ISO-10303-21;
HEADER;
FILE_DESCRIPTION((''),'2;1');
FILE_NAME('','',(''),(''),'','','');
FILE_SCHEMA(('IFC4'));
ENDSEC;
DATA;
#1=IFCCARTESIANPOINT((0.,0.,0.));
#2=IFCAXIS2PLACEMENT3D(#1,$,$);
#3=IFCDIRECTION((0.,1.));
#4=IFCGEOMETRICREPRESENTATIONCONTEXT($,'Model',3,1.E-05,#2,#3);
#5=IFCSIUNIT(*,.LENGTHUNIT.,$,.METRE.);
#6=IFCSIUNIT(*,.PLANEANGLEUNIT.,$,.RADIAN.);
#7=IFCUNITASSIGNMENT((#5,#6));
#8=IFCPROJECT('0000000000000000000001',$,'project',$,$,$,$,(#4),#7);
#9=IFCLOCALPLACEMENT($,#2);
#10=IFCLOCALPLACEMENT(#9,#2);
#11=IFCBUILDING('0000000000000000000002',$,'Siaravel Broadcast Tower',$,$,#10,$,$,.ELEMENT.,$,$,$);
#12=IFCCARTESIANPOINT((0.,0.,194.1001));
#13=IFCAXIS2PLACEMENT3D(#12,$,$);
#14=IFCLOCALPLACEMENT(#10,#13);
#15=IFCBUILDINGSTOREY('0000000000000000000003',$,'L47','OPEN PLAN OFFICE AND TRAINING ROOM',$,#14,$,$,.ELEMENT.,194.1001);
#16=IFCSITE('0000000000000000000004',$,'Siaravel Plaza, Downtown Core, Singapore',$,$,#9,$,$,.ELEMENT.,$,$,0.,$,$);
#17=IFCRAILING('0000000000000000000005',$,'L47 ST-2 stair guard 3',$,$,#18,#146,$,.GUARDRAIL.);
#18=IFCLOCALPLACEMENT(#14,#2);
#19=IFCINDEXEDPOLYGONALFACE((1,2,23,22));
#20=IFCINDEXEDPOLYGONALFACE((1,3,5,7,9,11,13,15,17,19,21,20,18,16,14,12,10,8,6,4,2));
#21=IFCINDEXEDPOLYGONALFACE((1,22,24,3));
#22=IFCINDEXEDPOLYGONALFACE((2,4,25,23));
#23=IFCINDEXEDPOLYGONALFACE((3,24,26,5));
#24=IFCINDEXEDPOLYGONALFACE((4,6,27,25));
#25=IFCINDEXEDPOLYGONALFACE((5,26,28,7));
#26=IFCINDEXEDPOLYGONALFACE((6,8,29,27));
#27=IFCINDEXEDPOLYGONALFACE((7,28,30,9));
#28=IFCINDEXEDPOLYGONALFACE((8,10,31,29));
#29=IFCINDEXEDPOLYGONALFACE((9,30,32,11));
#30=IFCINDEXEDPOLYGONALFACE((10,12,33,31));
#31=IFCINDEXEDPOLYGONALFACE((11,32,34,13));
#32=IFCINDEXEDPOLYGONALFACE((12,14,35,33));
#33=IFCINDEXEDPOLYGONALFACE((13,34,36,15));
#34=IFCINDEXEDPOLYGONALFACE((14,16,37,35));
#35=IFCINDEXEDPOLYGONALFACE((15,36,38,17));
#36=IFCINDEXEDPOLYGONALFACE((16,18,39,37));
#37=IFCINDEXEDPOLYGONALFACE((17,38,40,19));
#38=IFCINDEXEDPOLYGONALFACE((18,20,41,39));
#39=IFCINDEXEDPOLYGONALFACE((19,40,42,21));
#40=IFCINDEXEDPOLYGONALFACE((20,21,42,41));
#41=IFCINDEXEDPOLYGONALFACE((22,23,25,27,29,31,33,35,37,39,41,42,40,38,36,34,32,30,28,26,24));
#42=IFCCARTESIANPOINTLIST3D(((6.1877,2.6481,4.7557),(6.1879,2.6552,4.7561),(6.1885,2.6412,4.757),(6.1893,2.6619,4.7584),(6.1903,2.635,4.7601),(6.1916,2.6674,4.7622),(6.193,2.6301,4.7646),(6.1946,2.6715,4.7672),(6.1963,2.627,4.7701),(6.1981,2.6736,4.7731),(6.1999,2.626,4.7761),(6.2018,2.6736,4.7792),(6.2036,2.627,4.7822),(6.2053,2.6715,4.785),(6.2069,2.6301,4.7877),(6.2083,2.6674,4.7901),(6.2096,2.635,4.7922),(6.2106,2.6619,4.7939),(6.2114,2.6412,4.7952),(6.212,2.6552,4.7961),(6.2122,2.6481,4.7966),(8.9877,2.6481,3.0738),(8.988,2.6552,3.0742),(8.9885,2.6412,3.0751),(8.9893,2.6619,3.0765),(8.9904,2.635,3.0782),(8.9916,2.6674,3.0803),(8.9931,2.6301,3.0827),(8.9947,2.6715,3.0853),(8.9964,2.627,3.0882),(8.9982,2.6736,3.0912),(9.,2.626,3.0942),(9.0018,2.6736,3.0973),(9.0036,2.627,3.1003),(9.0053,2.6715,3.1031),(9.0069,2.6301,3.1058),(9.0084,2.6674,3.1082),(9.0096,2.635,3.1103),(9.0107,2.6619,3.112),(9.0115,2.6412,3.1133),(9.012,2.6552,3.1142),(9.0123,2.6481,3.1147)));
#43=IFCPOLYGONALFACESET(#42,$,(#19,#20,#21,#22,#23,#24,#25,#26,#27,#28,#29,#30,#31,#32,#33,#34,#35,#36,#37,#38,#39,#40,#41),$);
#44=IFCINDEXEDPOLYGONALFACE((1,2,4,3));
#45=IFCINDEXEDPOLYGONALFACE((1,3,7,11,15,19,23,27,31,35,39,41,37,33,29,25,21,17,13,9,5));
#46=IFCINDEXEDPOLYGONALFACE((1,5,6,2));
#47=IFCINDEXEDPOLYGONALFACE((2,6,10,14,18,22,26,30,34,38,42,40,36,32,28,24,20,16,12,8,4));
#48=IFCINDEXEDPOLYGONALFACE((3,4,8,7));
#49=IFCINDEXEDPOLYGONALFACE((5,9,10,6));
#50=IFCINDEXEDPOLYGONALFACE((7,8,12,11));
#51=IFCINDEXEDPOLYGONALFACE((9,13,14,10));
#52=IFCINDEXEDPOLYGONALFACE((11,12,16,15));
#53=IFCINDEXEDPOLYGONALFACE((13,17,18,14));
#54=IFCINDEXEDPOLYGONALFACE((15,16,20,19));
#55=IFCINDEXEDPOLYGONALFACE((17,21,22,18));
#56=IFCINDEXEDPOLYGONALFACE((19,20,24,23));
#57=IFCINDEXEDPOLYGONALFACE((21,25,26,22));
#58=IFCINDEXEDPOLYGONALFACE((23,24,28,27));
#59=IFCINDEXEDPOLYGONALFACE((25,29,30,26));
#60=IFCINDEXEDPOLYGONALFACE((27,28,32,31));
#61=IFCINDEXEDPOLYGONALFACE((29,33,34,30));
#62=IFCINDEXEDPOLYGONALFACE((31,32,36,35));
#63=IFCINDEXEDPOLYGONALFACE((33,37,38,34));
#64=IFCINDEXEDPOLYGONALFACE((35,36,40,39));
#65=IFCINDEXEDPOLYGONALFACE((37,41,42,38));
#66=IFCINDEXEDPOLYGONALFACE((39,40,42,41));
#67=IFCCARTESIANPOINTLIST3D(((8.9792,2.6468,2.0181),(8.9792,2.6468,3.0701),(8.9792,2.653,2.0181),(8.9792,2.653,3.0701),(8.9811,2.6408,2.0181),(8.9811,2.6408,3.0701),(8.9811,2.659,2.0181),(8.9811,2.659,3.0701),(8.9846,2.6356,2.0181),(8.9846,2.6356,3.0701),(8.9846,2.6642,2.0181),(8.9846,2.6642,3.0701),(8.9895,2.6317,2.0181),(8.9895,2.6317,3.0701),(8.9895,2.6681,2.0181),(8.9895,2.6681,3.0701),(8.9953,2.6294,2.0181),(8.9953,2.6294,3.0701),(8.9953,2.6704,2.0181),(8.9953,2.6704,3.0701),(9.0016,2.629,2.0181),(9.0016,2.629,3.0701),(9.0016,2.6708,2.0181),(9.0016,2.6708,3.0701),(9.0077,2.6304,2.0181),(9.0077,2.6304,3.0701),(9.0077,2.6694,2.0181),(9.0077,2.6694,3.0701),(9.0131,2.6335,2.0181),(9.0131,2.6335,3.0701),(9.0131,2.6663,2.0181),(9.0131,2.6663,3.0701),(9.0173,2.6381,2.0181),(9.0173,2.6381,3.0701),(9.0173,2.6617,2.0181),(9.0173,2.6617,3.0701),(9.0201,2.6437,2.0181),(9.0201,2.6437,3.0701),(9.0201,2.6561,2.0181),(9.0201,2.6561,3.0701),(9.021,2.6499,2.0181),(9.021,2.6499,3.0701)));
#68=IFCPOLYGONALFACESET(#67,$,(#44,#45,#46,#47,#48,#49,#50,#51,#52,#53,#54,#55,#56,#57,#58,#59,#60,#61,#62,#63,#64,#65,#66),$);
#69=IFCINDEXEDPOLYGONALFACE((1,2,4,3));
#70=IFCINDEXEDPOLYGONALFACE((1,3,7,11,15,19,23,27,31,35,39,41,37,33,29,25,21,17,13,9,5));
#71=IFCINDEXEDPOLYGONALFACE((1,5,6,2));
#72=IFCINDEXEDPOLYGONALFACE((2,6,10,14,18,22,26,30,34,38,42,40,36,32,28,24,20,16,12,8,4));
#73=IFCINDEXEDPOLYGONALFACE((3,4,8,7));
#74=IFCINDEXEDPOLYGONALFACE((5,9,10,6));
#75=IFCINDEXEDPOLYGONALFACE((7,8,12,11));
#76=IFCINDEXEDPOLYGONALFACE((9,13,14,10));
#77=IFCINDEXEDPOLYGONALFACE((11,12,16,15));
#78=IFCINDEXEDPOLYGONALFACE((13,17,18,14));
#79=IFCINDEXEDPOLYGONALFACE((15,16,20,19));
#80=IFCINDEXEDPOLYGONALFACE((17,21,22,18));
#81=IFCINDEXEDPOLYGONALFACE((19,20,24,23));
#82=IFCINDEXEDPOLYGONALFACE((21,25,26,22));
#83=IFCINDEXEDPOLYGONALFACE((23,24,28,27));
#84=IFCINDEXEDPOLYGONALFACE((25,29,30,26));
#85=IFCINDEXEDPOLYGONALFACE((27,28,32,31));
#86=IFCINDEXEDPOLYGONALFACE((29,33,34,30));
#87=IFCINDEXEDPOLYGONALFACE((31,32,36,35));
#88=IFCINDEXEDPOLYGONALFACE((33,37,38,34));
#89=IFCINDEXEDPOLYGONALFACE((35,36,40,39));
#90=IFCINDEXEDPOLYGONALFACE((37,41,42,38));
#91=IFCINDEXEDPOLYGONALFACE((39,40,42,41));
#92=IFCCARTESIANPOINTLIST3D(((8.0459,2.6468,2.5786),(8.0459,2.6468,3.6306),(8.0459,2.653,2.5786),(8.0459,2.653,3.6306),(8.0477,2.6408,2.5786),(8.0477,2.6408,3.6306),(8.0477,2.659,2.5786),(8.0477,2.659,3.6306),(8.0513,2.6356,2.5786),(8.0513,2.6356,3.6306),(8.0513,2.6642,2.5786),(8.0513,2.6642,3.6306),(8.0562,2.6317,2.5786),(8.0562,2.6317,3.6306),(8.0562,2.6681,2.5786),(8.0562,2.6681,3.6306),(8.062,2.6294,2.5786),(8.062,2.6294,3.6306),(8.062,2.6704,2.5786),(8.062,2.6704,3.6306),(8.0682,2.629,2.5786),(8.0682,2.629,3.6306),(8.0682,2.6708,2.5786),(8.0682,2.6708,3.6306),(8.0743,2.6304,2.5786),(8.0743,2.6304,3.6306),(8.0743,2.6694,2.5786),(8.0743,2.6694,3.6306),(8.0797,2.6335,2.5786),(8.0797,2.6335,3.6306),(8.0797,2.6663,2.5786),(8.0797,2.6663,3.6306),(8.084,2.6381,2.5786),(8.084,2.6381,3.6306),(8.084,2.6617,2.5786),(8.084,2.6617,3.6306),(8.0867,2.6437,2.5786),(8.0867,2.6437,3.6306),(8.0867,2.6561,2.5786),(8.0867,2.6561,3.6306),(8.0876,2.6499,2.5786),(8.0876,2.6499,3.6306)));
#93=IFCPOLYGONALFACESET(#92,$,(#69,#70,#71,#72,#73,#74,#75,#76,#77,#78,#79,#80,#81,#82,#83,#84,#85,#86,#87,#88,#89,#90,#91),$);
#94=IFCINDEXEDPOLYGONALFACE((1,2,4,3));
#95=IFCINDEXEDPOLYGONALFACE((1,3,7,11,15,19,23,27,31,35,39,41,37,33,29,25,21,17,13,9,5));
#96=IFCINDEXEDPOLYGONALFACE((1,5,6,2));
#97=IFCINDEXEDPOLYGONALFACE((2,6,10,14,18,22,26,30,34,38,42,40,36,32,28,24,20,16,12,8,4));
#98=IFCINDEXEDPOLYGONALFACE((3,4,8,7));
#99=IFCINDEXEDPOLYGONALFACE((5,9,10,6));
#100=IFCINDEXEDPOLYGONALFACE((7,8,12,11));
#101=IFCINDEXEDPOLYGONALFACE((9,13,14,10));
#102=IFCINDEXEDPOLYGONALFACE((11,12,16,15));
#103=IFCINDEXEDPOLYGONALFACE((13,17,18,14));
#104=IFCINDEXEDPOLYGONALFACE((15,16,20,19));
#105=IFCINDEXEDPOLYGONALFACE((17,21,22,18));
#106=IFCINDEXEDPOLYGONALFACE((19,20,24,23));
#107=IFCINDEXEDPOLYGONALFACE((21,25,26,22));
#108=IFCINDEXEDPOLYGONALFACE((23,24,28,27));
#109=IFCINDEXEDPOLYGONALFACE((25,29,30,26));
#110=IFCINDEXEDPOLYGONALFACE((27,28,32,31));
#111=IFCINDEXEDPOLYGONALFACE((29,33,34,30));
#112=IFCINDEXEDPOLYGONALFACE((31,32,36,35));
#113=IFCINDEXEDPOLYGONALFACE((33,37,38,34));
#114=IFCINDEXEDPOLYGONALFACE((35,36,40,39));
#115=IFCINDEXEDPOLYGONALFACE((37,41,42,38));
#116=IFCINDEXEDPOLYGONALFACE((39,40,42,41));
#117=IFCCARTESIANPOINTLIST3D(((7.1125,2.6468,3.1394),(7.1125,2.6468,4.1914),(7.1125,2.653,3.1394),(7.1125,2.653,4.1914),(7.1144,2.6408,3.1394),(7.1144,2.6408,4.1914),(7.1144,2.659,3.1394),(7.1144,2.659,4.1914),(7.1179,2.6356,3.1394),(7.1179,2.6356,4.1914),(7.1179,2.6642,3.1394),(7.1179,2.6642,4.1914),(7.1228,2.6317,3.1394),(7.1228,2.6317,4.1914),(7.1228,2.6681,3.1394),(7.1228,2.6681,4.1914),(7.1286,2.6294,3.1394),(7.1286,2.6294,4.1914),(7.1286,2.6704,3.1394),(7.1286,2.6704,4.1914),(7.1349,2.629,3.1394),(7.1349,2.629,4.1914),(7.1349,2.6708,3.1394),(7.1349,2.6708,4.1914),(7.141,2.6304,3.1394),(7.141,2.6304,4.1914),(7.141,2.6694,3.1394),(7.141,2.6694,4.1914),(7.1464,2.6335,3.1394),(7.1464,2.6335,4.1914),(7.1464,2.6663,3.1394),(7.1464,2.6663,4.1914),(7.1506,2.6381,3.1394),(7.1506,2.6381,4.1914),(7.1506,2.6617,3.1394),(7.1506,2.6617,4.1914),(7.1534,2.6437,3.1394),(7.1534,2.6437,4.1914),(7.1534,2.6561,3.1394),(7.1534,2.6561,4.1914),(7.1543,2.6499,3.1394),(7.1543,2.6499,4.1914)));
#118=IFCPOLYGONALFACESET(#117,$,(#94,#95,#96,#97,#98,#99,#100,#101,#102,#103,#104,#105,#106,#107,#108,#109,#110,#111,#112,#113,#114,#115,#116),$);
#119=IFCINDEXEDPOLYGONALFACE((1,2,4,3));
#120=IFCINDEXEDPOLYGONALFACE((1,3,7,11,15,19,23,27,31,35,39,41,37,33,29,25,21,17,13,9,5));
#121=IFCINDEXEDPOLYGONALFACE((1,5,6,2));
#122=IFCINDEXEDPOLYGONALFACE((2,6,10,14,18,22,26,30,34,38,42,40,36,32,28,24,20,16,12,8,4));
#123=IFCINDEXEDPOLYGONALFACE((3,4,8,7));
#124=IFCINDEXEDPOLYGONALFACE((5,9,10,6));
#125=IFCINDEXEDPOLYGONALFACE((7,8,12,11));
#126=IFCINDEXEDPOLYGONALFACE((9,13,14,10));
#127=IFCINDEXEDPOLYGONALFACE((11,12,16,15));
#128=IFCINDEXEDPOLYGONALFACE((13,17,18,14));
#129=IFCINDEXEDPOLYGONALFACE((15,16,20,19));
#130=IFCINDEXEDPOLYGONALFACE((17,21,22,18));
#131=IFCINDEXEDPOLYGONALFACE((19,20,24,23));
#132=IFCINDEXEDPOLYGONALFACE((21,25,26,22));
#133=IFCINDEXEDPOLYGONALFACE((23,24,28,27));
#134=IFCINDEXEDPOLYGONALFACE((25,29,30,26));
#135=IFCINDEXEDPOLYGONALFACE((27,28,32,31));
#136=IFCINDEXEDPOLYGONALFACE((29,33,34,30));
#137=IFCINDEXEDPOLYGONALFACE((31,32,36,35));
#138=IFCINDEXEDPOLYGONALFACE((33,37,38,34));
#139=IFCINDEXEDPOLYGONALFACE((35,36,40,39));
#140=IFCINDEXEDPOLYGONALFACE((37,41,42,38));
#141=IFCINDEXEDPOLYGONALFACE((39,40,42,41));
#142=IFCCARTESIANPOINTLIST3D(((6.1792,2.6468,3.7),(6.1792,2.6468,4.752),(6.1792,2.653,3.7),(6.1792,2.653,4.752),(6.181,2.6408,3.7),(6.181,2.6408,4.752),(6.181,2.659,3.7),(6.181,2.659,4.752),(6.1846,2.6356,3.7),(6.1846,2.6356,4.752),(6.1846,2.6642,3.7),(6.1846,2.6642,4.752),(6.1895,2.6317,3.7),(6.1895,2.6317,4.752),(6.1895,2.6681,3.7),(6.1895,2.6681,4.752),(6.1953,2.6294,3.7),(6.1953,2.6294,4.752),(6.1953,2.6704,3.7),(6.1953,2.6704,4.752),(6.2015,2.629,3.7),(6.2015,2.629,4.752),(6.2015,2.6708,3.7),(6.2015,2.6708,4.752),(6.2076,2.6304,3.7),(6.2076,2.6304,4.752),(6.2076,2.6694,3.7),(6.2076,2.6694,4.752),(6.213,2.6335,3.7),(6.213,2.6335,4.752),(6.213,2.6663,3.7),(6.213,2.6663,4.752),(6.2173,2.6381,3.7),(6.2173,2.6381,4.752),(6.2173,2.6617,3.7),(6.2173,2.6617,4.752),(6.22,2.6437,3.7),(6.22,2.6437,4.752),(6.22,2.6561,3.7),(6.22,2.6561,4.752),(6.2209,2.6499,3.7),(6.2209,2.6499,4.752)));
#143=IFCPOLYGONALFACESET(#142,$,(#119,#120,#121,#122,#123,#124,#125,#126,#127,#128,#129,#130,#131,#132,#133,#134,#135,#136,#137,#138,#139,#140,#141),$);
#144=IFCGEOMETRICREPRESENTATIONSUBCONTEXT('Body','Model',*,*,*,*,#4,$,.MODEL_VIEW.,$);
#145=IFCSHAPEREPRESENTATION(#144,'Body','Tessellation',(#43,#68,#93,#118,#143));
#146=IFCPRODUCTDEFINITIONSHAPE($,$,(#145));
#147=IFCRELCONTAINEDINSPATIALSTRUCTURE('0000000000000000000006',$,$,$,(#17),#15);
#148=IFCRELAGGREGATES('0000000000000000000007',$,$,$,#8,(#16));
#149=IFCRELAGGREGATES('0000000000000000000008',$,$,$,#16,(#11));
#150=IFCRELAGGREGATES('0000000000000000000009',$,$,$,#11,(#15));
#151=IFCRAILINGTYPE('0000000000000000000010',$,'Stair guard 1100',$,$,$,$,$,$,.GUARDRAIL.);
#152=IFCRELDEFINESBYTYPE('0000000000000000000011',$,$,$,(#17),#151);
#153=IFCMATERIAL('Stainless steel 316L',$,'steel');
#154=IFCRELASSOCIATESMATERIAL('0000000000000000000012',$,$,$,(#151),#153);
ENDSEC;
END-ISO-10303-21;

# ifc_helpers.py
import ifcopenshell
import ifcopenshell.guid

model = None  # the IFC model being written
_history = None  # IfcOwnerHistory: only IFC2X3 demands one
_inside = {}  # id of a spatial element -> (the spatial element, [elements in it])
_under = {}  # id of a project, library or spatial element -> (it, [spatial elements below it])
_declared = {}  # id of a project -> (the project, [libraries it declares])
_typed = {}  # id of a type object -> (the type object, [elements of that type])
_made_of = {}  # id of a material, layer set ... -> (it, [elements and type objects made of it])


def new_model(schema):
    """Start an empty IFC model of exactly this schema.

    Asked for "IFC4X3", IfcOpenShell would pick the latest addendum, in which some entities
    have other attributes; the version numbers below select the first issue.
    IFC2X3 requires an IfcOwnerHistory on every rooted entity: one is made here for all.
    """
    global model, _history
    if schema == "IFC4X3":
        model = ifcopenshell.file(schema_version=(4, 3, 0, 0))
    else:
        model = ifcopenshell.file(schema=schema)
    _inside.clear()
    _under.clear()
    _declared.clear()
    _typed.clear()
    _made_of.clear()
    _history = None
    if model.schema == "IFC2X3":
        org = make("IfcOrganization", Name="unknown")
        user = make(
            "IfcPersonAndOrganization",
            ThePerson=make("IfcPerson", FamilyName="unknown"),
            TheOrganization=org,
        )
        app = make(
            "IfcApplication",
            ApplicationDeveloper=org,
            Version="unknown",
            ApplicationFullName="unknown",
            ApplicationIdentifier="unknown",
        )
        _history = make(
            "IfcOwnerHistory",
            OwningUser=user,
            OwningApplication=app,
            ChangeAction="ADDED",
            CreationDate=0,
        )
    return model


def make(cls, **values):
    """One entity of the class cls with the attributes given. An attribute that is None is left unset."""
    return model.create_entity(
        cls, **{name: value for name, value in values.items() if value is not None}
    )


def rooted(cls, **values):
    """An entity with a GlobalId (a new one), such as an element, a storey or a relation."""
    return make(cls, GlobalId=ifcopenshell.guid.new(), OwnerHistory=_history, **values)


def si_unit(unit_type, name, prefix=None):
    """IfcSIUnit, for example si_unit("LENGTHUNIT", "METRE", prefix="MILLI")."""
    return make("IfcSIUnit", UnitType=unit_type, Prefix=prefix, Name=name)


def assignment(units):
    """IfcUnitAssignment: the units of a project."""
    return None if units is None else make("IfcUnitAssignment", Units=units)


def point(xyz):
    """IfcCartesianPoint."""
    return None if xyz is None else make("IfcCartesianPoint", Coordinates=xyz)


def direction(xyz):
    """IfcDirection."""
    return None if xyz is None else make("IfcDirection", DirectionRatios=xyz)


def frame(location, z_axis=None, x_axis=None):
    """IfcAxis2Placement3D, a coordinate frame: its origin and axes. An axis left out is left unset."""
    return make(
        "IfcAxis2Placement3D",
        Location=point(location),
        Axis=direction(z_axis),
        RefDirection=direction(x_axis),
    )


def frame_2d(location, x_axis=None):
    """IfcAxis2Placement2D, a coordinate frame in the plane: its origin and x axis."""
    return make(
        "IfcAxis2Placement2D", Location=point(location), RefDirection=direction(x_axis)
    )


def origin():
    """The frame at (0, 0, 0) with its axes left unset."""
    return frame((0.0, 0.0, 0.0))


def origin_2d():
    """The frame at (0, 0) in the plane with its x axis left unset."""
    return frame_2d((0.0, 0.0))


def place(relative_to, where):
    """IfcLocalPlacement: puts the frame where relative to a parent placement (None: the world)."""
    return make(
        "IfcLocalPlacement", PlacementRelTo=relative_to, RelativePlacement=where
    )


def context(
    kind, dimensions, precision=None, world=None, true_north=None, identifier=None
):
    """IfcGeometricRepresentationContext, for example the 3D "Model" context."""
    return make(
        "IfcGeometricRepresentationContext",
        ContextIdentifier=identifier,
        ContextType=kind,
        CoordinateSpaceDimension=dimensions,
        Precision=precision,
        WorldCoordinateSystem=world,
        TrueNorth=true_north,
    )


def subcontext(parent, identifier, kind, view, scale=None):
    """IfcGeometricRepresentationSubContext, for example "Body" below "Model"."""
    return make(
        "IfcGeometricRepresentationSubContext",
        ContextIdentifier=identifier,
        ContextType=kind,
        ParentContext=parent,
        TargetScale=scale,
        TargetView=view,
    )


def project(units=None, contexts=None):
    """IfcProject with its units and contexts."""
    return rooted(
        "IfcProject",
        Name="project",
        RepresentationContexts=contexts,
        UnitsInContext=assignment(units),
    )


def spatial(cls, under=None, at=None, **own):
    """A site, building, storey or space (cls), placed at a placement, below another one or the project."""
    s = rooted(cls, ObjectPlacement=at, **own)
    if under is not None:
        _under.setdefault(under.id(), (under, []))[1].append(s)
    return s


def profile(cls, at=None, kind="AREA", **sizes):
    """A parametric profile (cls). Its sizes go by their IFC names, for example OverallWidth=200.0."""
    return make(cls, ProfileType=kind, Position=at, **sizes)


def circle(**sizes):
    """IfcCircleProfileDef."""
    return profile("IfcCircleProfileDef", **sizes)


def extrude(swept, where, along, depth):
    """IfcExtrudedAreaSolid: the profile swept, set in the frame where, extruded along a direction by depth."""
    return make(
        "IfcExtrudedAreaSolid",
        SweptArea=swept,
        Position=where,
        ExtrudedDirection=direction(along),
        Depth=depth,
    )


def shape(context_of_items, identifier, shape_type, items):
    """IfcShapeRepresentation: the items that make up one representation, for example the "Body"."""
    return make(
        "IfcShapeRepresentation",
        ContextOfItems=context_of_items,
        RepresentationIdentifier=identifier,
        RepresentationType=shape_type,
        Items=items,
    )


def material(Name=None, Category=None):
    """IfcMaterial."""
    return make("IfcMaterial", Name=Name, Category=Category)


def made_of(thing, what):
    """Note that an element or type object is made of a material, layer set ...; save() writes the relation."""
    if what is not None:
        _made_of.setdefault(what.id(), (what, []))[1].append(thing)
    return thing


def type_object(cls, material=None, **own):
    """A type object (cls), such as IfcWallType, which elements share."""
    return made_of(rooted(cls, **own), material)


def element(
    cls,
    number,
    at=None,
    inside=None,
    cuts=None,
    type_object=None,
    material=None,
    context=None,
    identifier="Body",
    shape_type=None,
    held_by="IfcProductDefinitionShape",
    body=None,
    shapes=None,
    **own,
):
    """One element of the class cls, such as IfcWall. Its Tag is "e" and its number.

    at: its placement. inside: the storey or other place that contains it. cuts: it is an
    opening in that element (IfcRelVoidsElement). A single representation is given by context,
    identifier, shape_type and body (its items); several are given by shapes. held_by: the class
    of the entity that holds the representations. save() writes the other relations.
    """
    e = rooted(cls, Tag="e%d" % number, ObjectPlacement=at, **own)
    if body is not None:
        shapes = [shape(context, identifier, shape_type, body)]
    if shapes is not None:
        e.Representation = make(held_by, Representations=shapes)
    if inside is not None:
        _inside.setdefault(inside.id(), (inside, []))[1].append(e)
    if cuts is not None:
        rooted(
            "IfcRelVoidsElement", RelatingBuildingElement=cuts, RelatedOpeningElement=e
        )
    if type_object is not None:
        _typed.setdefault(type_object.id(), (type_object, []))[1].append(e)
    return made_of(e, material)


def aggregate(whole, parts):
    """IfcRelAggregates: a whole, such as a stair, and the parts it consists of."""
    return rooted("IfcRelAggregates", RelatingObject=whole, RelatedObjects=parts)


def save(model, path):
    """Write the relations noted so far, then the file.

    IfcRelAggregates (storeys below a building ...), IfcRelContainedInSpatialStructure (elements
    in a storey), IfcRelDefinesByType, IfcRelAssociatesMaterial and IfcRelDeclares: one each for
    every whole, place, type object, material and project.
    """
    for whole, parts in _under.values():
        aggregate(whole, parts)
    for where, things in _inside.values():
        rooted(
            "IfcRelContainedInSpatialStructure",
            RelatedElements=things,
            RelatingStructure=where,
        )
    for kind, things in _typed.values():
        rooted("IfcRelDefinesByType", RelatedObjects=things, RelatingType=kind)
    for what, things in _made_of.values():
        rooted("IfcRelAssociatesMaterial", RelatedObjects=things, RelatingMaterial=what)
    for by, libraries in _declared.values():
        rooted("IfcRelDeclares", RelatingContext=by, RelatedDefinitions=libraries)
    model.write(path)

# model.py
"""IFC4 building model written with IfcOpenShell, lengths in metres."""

from ifc_helpers import new_model, si_unit, direction, frame, origin, origin_2d, place, context, subcontext, project, spatial, circle, extrude, material, type_object, element, save


model = new_model("IFC4")

# Units and contexts
model_context = context("Model", 3, precision=1e-05, world=origin(), true_north=direction((0.0, 1.0)))
body_context = subcontext(model_context, "Body", "Model", "MODEL_VIEW")
ifc_project = project(units=[si_unit("LENGTHUNIT", "METRE"), si_unit("PLANEANGLEUNIT", "RADIAN")], contexts=[model_context])

# Site, building, storey
site_placement = place(None, origin())
site = spatial("IfcSite", under=ifc_project, at=site_placement, Name="Siaravel Plaza, Downtown Core, Singapore", CompositionType="ELEMENT", RefElevation=0.0)
building_placement = place(site_placement, origin())
building = spatial("IfcBuilding", under=site, at=building_placement, Name="Siaravel Broadcast Tower", CompositionType="ELEMENT")
storey_placement = place(building_placement, frame((0.0, 0.0, 194.1001)))
storey = spatial("IfcBuildingStorey", under=building, at=storey_placement, Name="L47", Description="OPEN PLAN OFFICE AND TRAINING ROOM", CompositionType="ELEMENT", Elevation=194.1001)

# Railing
ifc_material_1 = material(Name="Stainless steel 316L", Category="steel")
railing_type_1 = type_object("IfcRailingType", Name="Stair guard 1100", PredefinedType="GUARDRAIL", material=ifc_material_1)
railing_1_placement = place(storey_placement, frame((9.0, 2.6499, 2.0181)))
element("IfcRailing", 1, at=railing_1_placement, inside=storey, type_object=railing_type_1, Name="L47 ST-2 stair guard 3", PredefinedType="GUARDRAIL", context=body_context, shape_type="SweptSolid", body=[
    extrude(circle(Radius=0.0239, at=origin_2d()), frame((0.0, 0.0, 1.0762), z_axis=(-0.857242, 0.0, 0.514913), x_axis=(0.0, -1.0, 0.0)), (0.0, 0.0, 1.0), 3.2664),
    extrude(circle(Radius=0.021, at=origin_2d()), origin(), (0.0, 0.0, 1.0), 1.052),
    extrude(circle(Radius=0.021, at=origin_2d()), frame((-0.9333, 0.0, 0.5605)), (0.0, 0.0, 1.0), 1.052),
    extrude(circle(Radius=0.021, at=origin_2d()), frame((-1.8667, 0.0, 1.1213)), (0.0, 0.0, 1.0), 1.052),
    extrude(circle(Radius=0.021, at=origin_2d()), frame((-2.8, 0.0, 1.6819)), (0.0, 0.0, 1.0), 1.052),
])

save(model, "model.ifc")
